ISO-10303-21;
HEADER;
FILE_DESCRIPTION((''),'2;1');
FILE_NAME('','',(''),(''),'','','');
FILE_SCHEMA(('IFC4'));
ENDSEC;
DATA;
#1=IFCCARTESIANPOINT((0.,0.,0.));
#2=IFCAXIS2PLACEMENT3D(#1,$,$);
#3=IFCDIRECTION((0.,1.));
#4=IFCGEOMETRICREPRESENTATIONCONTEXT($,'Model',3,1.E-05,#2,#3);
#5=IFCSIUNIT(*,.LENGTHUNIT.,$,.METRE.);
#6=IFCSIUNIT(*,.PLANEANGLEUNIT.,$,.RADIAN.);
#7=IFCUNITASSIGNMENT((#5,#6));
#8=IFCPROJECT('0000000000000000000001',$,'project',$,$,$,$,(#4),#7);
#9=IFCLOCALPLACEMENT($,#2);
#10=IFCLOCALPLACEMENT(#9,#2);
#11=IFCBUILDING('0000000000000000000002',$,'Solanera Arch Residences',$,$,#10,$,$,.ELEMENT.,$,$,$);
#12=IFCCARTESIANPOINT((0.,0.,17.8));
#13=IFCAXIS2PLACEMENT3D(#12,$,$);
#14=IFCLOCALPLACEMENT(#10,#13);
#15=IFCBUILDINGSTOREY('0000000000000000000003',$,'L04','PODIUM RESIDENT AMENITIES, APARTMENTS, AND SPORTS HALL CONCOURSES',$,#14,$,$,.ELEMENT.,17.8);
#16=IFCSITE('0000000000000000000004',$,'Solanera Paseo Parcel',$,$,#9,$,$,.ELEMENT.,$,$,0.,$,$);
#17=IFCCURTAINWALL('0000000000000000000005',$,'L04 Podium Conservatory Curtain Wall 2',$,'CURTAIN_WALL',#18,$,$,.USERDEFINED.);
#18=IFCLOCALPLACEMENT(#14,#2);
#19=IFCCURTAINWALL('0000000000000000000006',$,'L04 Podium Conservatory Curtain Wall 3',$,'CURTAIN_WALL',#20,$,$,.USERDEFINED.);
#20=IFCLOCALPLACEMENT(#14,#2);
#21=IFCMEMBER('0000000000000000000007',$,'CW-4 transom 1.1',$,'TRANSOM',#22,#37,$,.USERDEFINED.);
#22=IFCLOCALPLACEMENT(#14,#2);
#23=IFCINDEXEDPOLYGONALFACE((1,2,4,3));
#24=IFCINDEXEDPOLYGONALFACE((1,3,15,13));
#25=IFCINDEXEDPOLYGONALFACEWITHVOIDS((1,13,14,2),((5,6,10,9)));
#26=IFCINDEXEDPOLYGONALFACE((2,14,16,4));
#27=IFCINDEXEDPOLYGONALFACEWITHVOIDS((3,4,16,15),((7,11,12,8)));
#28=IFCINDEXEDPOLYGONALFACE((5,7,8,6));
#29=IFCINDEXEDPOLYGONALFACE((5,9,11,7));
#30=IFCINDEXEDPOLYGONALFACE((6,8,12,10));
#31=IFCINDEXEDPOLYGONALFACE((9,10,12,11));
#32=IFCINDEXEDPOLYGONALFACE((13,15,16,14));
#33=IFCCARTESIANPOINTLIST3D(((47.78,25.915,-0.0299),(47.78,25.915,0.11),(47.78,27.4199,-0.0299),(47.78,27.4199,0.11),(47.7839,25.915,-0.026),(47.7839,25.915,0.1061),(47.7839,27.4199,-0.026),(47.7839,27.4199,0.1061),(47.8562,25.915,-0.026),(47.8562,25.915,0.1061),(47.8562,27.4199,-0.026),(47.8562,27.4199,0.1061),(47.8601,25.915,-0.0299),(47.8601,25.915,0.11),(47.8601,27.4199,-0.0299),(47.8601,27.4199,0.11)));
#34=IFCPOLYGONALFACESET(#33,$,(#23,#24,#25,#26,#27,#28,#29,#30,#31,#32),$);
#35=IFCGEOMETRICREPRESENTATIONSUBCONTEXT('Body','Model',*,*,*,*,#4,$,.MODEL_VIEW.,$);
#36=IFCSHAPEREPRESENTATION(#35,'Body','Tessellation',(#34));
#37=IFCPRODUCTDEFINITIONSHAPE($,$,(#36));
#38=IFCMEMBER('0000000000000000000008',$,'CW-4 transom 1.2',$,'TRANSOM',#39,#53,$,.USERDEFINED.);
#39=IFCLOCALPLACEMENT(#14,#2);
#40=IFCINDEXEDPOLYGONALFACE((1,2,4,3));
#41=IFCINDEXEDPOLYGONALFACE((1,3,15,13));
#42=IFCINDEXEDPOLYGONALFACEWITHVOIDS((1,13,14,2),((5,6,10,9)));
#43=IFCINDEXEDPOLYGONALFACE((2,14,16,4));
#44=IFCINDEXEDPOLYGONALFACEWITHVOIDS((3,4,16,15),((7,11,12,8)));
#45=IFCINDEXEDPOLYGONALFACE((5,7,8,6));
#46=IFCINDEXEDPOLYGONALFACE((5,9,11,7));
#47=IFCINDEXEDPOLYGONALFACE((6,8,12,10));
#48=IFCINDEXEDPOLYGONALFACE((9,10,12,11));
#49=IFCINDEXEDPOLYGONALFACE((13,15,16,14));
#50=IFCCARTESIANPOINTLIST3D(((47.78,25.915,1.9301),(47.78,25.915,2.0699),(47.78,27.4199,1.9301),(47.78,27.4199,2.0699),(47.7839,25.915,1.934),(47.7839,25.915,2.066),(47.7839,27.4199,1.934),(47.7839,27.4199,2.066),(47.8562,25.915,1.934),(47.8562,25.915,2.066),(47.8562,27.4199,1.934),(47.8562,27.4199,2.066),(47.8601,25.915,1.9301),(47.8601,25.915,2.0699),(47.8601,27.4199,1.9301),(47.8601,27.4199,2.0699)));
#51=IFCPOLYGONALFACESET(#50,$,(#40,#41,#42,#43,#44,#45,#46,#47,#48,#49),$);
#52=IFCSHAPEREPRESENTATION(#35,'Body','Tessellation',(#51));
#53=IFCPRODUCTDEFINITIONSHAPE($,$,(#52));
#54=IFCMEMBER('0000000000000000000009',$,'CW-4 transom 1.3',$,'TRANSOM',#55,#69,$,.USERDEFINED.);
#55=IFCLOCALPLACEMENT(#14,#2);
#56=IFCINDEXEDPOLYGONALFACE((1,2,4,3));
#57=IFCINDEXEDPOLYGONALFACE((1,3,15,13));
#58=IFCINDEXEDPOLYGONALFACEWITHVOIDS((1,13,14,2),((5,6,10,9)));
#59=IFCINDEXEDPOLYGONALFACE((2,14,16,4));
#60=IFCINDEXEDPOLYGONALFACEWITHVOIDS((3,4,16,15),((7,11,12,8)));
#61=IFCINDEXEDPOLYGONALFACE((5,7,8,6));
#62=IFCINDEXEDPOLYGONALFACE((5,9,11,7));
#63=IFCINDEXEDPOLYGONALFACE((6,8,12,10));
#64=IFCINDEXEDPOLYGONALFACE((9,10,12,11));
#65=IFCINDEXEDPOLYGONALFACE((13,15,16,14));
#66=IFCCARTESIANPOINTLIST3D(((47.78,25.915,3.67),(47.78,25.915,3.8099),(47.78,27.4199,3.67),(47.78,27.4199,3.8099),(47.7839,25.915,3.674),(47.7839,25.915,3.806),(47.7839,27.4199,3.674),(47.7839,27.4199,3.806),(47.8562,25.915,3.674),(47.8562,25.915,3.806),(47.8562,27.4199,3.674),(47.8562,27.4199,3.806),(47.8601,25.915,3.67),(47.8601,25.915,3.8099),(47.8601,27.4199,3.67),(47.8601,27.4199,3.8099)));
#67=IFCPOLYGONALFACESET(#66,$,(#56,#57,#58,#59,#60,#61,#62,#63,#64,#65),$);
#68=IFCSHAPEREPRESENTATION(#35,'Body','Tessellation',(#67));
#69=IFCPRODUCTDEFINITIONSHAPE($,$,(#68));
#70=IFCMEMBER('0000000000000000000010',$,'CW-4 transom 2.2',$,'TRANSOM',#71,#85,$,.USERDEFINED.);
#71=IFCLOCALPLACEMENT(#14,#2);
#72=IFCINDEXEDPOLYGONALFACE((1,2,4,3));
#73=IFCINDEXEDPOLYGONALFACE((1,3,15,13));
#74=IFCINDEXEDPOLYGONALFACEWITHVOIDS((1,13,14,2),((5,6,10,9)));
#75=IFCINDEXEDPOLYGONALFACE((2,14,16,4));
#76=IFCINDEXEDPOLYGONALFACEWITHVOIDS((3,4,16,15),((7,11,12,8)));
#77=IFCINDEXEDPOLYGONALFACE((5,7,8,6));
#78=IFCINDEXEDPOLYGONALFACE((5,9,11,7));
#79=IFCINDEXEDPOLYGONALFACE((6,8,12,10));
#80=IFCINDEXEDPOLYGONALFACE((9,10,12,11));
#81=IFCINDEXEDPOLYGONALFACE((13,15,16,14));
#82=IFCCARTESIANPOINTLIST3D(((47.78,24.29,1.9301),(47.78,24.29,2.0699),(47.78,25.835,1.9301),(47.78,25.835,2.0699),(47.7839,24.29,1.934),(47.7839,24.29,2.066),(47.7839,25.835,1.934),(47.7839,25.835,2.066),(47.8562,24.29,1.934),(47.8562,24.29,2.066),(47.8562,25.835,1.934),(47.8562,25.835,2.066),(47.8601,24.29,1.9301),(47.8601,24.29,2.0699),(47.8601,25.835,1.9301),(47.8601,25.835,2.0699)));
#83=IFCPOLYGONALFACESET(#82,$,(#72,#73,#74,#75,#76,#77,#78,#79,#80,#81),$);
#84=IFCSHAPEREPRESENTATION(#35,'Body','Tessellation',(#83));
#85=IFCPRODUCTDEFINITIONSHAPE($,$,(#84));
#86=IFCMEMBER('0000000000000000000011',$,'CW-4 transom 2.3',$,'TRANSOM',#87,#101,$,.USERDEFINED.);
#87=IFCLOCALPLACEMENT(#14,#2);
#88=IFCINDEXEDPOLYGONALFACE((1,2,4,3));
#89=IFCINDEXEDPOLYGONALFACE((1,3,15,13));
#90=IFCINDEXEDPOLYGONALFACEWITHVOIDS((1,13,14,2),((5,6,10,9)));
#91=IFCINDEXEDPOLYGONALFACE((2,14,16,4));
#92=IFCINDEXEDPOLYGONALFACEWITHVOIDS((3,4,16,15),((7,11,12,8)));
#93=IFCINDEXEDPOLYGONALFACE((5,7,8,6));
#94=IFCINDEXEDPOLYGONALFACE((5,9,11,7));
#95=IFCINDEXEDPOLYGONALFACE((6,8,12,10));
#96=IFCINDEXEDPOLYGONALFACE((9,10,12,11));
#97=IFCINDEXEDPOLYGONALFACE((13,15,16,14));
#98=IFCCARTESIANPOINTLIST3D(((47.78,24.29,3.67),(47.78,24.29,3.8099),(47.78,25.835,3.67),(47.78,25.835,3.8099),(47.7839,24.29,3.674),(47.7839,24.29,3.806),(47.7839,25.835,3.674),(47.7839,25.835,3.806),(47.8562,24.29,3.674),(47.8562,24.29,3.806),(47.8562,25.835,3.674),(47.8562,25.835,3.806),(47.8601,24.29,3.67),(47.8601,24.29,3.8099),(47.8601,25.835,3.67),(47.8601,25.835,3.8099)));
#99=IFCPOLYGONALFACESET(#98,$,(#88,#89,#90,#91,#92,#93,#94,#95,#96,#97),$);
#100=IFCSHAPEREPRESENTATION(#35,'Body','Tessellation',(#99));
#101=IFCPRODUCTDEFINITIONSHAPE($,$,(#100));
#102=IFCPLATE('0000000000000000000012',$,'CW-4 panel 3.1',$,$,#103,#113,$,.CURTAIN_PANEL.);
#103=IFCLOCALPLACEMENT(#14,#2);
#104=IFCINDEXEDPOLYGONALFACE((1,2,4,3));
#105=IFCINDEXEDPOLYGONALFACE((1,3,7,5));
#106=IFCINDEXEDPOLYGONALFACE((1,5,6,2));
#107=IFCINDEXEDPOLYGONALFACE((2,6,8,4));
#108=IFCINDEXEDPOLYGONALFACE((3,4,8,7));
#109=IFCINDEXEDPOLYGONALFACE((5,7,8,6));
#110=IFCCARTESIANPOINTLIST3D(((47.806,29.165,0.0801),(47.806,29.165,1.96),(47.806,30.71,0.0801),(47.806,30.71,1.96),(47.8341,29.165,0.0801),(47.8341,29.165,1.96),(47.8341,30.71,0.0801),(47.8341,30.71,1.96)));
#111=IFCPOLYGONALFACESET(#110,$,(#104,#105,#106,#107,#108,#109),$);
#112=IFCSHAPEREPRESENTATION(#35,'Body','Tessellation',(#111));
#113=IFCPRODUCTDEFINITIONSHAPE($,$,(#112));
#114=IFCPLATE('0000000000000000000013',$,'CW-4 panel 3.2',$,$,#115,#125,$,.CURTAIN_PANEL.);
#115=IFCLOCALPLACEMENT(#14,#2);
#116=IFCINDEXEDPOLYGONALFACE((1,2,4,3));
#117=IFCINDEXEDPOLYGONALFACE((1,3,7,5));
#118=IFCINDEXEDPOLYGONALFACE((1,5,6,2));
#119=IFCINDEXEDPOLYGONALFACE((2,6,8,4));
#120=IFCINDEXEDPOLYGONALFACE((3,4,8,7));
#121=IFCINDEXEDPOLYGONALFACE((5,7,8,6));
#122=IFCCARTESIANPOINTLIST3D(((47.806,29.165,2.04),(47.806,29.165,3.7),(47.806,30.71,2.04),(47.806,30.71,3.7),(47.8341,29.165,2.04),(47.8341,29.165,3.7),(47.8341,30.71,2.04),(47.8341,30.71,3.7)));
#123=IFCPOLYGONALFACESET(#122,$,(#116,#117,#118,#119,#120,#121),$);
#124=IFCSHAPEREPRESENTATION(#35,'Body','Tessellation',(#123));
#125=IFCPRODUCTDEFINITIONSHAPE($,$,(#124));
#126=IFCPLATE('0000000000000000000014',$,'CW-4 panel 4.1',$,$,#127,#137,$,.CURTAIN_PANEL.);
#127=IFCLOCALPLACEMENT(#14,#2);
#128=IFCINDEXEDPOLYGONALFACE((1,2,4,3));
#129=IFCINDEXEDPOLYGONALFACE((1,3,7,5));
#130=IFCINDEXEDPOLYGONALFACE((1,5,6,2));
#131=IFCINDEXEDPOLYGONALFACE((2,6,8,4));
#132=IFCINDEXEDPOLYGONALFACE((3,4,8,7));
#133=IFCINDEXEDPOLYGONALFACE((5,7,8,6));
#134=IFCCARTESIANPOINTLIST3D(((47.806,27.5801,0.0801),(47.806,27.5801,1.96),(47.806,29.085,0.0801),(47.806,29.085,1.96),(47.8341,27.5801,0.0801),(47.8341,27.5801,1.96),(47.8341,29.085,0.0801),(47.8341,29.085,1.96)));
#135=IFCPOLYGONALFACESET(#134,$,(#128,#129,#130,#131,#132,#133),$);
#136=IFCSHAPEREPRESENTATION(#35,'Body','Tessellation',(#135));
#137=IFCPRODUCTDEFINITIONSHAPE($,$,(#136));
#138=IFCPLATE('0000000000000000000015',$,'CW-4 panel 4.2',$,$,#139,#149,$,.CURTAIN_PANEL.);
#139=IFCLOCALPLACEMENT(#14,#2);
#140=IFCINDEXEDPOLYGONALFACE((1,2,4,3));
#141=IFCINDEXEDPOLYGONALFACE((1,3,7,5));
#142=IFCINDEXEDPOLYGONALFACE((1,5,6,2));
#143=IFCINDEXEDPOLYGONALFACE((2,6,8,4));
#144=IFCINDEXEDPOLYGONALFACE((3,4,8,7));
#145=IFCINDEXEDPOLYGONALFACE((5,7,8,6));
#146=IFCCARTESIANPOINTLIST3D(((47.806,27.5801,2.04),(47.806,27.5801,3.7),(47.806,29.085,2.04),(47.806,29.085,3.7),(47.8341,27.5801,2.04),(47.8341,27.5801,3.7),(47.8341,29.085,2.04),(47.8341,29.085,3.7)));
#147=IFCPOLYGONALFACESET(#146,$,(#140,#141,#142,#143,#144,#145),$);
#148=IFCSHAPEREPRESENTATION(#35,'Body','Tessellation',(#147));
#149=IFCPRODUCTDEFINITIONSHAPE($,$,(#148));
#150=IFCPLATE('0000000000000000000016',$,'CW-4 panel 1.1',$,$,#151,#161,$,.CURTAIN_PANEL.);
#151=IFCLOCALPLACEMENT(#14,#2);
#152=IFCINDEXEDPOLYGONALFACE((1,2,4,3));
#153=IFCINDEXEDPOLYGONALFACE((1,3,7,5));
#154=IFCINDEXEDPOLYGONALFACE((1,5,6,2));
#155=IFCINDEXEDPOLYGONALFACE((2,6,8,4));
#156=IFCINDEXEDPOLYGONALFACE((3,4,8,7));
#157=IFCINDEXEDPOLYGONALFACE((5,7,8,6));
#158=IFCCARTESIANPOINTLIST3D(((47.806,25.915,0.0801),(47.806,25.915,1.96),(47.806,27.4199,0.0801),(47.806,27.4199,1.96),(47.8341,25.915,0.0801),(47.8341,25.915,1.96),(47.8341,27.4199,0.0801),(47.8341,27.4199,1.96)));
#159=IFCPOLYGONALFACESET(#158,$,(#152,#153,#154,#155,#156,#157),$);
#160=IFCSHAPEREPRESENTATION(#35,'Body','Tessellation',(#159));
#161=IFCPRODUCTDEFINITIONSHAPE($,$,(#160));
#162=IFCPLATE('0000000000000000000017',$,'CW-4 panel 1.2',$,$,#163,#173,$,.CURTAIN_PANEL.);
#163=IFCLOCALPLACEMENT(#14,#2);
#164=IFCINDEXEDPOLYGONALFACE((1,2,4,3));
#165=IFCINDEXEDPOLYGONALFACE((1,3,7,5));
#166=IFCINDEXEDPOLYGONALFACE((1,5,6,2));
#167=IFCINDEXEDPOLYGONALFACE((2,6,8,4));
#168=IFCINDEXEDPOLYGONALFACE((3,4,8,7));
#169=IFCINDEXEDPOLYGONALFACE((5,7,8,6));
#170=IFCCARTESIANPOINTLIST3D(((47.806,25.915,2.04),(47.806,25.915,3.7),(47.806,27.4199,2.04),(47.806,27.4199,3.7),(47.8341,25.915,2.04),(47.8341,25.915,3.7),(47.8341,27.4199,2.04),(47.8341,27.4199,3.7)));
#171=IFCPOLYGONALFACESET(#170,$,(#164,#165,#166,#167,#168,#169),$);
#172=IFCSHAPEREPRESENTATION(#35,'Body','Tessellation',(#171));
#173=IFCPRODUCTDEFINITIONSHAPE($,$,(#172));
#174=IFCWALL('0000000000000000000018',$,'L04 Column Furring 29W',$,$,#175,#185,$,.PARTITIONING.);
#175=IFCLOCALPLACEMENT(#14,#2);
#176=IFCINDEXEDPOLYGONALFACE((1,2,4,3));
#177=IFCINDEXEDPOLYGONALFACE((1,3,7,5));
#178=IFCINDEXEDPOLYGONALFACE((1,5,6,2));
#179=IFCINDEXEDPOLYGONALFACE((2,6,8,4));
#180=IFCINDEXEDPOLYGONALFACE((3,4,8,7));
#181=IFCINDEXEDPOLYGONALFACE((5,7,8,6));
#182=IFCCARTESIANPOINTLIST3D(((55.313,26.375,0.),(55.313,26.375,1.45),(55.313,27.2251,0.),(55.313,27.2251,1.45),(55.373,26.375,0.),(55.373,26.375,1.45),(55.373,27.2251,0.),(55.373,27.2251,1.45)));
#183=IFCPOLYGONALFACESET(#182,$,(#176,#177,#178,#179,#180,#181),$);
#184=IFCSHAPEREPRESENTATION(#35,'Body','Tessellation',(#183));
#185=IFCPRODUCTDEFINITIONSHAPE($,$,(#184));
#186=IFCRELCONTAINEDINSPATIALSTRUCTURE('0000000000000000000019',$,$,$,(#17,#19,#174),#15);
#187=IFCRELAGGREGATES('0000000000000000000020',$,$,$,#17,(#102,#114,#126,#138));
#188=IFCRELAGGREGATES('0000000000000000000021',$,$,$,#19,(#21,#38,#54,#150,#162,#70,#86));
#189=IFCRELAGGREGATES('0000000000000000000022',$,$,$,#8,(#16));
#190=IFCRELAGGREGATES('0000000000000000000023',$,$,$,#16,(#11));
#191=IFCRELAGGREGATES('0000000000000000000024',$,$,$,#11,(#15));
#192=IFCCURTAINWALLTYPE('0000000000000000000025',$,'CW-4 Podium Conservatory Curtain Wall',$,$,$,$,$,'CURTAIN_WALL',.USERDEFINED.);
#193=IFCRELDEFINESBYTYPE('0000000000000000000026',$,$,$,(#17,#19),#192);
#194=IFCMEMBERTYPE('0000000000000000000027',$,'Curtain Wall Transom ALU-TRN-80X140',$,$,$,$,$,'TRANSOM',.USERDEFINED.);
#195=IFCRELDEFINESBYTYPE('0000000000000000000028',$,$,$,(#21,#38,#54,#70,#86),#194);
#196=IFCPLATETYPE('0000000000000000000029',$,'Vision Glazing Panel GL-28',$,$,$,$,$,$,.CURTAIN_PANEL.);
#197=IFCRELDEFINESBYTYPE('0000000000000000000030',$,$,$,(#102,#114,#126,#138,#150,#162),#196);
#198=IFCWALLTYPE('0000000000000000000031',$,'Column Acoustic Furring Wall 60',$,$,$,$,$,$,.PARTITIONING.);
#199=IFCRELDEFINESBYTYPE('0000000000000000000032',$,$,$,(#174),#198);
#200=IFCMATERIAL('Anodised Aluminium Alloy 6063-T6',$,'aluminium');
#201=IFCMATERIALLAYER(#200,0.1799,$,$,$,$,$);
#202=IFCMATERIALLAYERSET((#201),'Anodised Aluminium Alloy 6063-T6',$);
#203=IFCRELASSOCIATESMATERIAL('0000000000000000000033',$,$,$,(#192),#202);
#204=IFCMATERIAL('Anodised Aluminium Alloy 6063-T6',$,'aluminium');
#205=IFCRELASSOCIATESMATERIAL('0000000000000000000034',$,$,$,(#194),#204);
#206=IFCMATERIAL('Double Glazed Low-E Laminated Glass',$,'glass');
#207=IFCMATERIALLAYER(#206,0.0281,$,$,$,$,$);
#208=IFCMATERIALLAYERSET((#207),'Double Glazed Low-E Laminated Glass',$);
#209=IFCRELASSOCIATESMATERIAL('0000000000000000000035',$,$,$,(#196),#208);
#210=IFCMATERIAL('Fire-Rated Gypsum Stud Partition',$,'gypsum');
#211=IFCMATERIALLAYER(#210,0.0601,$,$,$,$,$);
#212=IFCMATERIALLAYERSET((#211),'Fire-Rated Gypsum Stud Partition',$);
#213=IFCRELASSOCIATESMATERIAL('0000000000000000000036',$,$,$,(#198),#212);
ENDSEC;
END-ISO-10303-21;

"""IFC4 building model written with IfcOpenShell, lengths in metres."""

from ifc_helpers import new_model, si_unit, direction, frame, frame_2d, origin, origin_2d, place, context, subcontext, project, spatial, rectangle, hollow_rectangle, extrude, material, layer, layer_set, material_profile, profile_set, type_object, element, aggregate, save


model = new_model("IFC4")

# Units and contexts
model_context = context("Model", 3, precision=1e-05, world=origin(), true_north=direction((0.0, 1.0)))
body_context = subcontext(model_context, "Body", "Model", "MODEL_VIEW")
ifc_project = project(units=[si_unit("LENGTHUNIT", "METRE"), si_unit("PLANEANGLEUNIT", "RADIAN")], contexts=[model_context])

# Site, building, storey
site_placement = place(None, origin())
site = spatial("IfcSite", under=ifc_project, at=site_placement, Name="Solanera Paseo Parcel", CompositionType="ELEMENT", RefElevation=0.0)
building_placement = place(site_placement, origin())
building = spatial("IfcBuilding", under=site, at=building_placement, Name="Solanera Arch Residences", CompositionType="ELEMENT")
storey_placement = place(building_placement, frame((0.0, 0.0, 17.8)))
storey = spatial("IfcBuildingStorey", under=building, at=storey_placement, Name="L04", Description="PODIUM RESIDENT AMENITIES, APARTMENTS, AND SPORTS HALL CONCOURSES", CompositionType="ELEMENT", Elevation=17.8)

# Curtain walls
ifc_material_1 = material(Name="Anodised Aluminium Alloy 6063-T6", Category="aluminium")
ifc_layer_1 = layer(ifc_material_1, 0.1799)
ifc_layer_set_1 = layer_set([ifc_layer_1], Name="Anodised Aluminium Alloy 6063-T6")
curtain_wall_type = type_object("IfcCurtainWallType", Name="CW-4 Podium Conservatory Curtain Wall", ElementType="CURTAIN_WALL", PredefinedType="USERDEFINED", material=ifc_layer_set_1)
curtain_wall_1_placement = place(storey_placement, origin())
curtain_wall_1 = element("IfcCurtainWall", 1, at=curtain_wall_1_placement, inside=storey, type_object=curtain_wall_type, Name="L04 Podium Conservatory Curtain Wall 2", ObjectType="CURTAIN_WALL", PredefinedType="USERDEFINED")
curtain_wall_2_placement = place(storey_placement, origin())
curtain_wall_2 = element("IfcCurtainWall", 2, at=curtain_wall_2_placement, inside=storey, type_object=curtain_wall_type, Name="L04 Podium Conservatory Curtain Wall 3", ObjectType="CURTAIN_WALL", PredefinedType="USERDEFINED")

# Members
ifc_material_2 = material(Name="Anodised Aluminium Alloy 6063-T6", Category="aluminium")
ifc_material_profile_1 = material_profile(ifc_material_2, hollow_rectangle(XDim=0.0801, YDim=0.1399, WallThickness=0.0039, at=origin_2d()))
ifc_profile_set_1 = profile_set([ifc_material_profile_1], Name="Anodised Aluminium Alloy 6063-T6")
member_type_1 = type_object("IfcMemberType", Name="Curtain Wall Transom ALU-TRN-80X140", ElementType="TRANSOM", PredefinedType="USERDEFINED", material=ifc_profile_set_1)
member_1_placement = place(storey_placement, frame((47.8201, 27.4199, 0.04), z_axis=(0.0, -1.0, 0.0), x_axis=(1.0, 0.0, 0.0)))
member_1 = element("IfcMember", 3, at=member_1_placement, type_object=member_type_1, Name="CW-4 transom 1.1", ObjectType="TRANSOM", PredefinedType="USERDEFINED", context=body_context, shape_type="SweptSolid", body=[
    extrude(hollow_rectangle(XDim=0.0801, YDim=0.1399, WallThickness=0.0039, at=origin_2d()), origin(), (0.0, 0.0, 1.0), 1.5049),
])
member_2_placement = place(storey_placement, frame((47.8201, 27.4199, 2.0), z_axis=(0.0, -1.0, 0.0), x_axis=(1.0, 0.0, 0.0)))
member_2 = element("IfcMember", 4, at=member_2_placement, type_object=member_type_1, Name="CW-4 transom 1.2", ObjectType="TRANSOM", PredefinedType="USERDEFINED", context=body_context, shape_type="SweptSolid", body=[
    extrude(hollow_rectangle(XDim=0.0801, YDim=0.1399, WallThickness=0.0039, at=origin_2d()), origin(), (0.0, 0.0, 1.0), 1.5049),
])
member_3_placement = place(storey_placement, frame((47.8201, 27.4199, 3.74), z_axis=(0.0, -1.0, 0.0), x_axis=(1.0, 0.0, 0.0)))
member_3 = element("IfcMember", 5, at=member_3_placement, type_object=member_type_1, Name="CW-4 transom 1.3", ObjectType="TRANSOM", PredefinedType="USERDEFINED", context=body_context, shape_type="SweptSolid", body=[
    extrude(hollow_rectangle(XDim=0.0801, YDim=0.1399, WallThickness=0.0039, at=origin_2d()), origin(), (0.0, 0.0, 1.0), 1.5049),
])
member_4_placement = place(storey_placement, frame((47.8201, 25.835, 2.0), z_axis=(0.0, -1.0, 0.0), x_axis=(1.0, 0.0, 0.0)))
member_4 = element("IfcMember", 6, at=member_4_placement, type_object=member_type_1, Name="CW-4 transom 2.2", ObjectType="TRANSOM", PredefinedType="USERDEFINED", context=body_context, shape_type="SweptSolid", body=[
    extrude(hollow_rectangle(XDim=0.0801, YDim=0.1399, WallThickness=0.0039, at=origin_2d()), origin(), (0.0, 0.0, 1.0), 1.5449),
])
member_5_placement = place(storey_placement, frame((47.8201, 25.835, 3.74), z_axis=(0.0, -1.0, 0.0), x_axis=(1.0, 0.0, 0.0)))
member_5 = element("IfcMember", 7, at=member_5_placement, type_object=member_type_1, Name="CW-4 transom 2.3", ObjectType="TRANSOM", PredefinedType="USERDEFINED", context=body_context, shape_type="SweptSolid", body=[
    extrude(hollow_rectangle(XDim=0.0801, YDim=0.1399, WallThickness=0.0039, at=origin_2d()), origin(), (0.0, 0.0, 1.0), 1.5449),
])

# Plates
ifc_material_3 = material(Name="Double Glazed Low-E Laminated Glass", Category="glass")
ifc_layer_2 = layer(ifc_material_3, 0.0281)
ifc_layer_set_2 = layer_set([ifc_layer_2], Name="Double Glazed Low-E Laminated Glass")
plate_type = type_object("IfcPlateType", Name="Vision Glazing Panel GL-28", PredefinedType="CURTAIN_PANEL", material=ifc_layer_set_2)
plate_1_placement = place(storey_placement, frame((47.8201, 29.9375, 0.0801), z_axis=(0.0, 0.0, 1.0), x_axis=(0.0, -1.0, 0.0)))
plate_1 = element("IfcPlate", 8, at=plate_1_placement, type_object=plate_type, Name="CW-4 panel 3.1", PredefinedType="CURTAIN_PANEL", context=body_context, shape_type="SweptSolid", body=[
    extrude(rectangle(XDim=1.5449, YDim=0.0281, at=origin_2d()), origin(), (0.0, 0.0, 1.0), 1.8799),
])
plate_2_placement = place(storey_placement, frame((47.8201, 29.9375, 2.04), z_axis=(0.0, 0.0, 1.0), x_axis=(0.0, -1.0, 0.0)))
plate_2 = element("IfcPlate", 9, at=plate_2_placement, type_object=plate_type, Name="CW-4 panel 3.2", PredefinedType="CURTAIN_PANEL", context=body_context, shape_type="SweptSolid", body=[
    extrude(rectangle(XDim=1.5449, YDim=0.0281, at=origin_2d()), origin(), (0.0, 0.0, 1.0), 1.6599),
])
plate_3_placement = place(storey_placement, frame((47.8201, 28.3325, 0.0801), z_axis=(0.0, 0.0, 1.0), x_axis=(0.0, -1.0, 0.0)))
plate_3 = element("IfcPlate", 10, at=plate_3_placement, type_object=plate_type, Name="CW-4 panel 4.1", PredefinedType="CURTAIN_PANEL", context=body_context, shape_type="SweptSolid", body=[
    extrude(rectangle(XDim=1.5049, YDim=0.0281, at=origin_2d()), origin(), (0.0, 0.0, 1.0), 1.8799),
])
plate_4_placement = place(storey_placement, frame((47.8201, 28.3325, 2.04), z_axis=(0.0, 0.0, 1.0), x_axis=(0.0, -1.0, 0.0)))
plate_4 = element("IfcPlate", 11, at=plate_4_placement, type_object=plate_type, Name="CW-4 panel 4.2", PredefinedType="CURTAIN_PANEL", context=body_context, shape_type="SweptSolid", body=[
    extrude(rectangle(XDim=1.5049, YDim=0.0281, at=origin_2d()), origin(), (0.0, 0.0, 1.0), 1.6599),
])
aggregate(curtain_wall_1, [plate_1, plate_2, plate_3, plate_4])
plate_5_placement = place(storey_placement, frame((47.8201, 26.6675, 0.0801), z_axis=(0.0, 0.0, 1.0), x_axis=(0.0, -1.0, 0.0)))
plate_5 = element("IfcPlate", 12, at=plate_5_placement, type_object=plate_type, Name="CW-4 panel 1.1", PredefinedType="CURTAIN_PANEL", context=body_context, shape_type="SweptSolid", body=[
    extrude(rectangle(XDim=1.5049, YDim=0.0281, at=origin_2d()), origin(), (0.0, 0.0, 1.0), 1.8799),
])
plate_6_placement = place(storey_placement, frame((47.8201, 26.6675, 2.04), z_axis=(0.0, 0.0, 1.0), x_axis=(0.0, -1.0, 0.0)))
plate_6 = element("IfcPlate", 13, at=plate_6_placement, type_object=plate_type, Name="CW-4 panel 1.2", PredefinedType="CURTAIN_PANEL", context=body_context, shape_type="SweptSolid", body=[
    extrude(rectangle(XDim=1.5049, YDim=0.0281, at=origin_2d()), origin(), (0.0, 0.0, 1.0), 1.6599),
])
aggregate(curtain_wall_2, [member_1, member_2, member_3, plate_5, plate_6, member_4, member_5])

# Wall
ifc_material_4 = material(Name="Fire-Rated Gypsum Stud Partition", Category="gypsum")
ifc_layer_3 = layer(ifc_material_4, 0.0601)
ifc_layer_set_3 = layer_set([ifc_layer_3], Name="Fire-Rated Gypsum Stud Partition")
wall_type = type_object("IfcWallType", Name="Column Acoustic Furring Wall 60", PredefinedType="PARTITIONING", material=ifc_layer_set_3)
wall_placement = place(storey_placement, frame((55.343, 26.375, 0.0), z_axis=(0.0, 0.0, 1.0), x_axis=(0.0, 1.0, 0.0)))
element("IfcWall", 14, at=wall_placement, inside=storey, type_object=wall_type, Name="L04 Column Furring 29W", PredefinedType="PARTITIONING", context=body_context, shape_type="SweptSolid", body=[
    extrude(rectangle(XDim=0.8501, YDim=0.0601, at=frame_2d((0.425, 0.0))), origin(), (0.0, 0.0, 1.0), 1.45),
])

save(model, "model.ifc")
